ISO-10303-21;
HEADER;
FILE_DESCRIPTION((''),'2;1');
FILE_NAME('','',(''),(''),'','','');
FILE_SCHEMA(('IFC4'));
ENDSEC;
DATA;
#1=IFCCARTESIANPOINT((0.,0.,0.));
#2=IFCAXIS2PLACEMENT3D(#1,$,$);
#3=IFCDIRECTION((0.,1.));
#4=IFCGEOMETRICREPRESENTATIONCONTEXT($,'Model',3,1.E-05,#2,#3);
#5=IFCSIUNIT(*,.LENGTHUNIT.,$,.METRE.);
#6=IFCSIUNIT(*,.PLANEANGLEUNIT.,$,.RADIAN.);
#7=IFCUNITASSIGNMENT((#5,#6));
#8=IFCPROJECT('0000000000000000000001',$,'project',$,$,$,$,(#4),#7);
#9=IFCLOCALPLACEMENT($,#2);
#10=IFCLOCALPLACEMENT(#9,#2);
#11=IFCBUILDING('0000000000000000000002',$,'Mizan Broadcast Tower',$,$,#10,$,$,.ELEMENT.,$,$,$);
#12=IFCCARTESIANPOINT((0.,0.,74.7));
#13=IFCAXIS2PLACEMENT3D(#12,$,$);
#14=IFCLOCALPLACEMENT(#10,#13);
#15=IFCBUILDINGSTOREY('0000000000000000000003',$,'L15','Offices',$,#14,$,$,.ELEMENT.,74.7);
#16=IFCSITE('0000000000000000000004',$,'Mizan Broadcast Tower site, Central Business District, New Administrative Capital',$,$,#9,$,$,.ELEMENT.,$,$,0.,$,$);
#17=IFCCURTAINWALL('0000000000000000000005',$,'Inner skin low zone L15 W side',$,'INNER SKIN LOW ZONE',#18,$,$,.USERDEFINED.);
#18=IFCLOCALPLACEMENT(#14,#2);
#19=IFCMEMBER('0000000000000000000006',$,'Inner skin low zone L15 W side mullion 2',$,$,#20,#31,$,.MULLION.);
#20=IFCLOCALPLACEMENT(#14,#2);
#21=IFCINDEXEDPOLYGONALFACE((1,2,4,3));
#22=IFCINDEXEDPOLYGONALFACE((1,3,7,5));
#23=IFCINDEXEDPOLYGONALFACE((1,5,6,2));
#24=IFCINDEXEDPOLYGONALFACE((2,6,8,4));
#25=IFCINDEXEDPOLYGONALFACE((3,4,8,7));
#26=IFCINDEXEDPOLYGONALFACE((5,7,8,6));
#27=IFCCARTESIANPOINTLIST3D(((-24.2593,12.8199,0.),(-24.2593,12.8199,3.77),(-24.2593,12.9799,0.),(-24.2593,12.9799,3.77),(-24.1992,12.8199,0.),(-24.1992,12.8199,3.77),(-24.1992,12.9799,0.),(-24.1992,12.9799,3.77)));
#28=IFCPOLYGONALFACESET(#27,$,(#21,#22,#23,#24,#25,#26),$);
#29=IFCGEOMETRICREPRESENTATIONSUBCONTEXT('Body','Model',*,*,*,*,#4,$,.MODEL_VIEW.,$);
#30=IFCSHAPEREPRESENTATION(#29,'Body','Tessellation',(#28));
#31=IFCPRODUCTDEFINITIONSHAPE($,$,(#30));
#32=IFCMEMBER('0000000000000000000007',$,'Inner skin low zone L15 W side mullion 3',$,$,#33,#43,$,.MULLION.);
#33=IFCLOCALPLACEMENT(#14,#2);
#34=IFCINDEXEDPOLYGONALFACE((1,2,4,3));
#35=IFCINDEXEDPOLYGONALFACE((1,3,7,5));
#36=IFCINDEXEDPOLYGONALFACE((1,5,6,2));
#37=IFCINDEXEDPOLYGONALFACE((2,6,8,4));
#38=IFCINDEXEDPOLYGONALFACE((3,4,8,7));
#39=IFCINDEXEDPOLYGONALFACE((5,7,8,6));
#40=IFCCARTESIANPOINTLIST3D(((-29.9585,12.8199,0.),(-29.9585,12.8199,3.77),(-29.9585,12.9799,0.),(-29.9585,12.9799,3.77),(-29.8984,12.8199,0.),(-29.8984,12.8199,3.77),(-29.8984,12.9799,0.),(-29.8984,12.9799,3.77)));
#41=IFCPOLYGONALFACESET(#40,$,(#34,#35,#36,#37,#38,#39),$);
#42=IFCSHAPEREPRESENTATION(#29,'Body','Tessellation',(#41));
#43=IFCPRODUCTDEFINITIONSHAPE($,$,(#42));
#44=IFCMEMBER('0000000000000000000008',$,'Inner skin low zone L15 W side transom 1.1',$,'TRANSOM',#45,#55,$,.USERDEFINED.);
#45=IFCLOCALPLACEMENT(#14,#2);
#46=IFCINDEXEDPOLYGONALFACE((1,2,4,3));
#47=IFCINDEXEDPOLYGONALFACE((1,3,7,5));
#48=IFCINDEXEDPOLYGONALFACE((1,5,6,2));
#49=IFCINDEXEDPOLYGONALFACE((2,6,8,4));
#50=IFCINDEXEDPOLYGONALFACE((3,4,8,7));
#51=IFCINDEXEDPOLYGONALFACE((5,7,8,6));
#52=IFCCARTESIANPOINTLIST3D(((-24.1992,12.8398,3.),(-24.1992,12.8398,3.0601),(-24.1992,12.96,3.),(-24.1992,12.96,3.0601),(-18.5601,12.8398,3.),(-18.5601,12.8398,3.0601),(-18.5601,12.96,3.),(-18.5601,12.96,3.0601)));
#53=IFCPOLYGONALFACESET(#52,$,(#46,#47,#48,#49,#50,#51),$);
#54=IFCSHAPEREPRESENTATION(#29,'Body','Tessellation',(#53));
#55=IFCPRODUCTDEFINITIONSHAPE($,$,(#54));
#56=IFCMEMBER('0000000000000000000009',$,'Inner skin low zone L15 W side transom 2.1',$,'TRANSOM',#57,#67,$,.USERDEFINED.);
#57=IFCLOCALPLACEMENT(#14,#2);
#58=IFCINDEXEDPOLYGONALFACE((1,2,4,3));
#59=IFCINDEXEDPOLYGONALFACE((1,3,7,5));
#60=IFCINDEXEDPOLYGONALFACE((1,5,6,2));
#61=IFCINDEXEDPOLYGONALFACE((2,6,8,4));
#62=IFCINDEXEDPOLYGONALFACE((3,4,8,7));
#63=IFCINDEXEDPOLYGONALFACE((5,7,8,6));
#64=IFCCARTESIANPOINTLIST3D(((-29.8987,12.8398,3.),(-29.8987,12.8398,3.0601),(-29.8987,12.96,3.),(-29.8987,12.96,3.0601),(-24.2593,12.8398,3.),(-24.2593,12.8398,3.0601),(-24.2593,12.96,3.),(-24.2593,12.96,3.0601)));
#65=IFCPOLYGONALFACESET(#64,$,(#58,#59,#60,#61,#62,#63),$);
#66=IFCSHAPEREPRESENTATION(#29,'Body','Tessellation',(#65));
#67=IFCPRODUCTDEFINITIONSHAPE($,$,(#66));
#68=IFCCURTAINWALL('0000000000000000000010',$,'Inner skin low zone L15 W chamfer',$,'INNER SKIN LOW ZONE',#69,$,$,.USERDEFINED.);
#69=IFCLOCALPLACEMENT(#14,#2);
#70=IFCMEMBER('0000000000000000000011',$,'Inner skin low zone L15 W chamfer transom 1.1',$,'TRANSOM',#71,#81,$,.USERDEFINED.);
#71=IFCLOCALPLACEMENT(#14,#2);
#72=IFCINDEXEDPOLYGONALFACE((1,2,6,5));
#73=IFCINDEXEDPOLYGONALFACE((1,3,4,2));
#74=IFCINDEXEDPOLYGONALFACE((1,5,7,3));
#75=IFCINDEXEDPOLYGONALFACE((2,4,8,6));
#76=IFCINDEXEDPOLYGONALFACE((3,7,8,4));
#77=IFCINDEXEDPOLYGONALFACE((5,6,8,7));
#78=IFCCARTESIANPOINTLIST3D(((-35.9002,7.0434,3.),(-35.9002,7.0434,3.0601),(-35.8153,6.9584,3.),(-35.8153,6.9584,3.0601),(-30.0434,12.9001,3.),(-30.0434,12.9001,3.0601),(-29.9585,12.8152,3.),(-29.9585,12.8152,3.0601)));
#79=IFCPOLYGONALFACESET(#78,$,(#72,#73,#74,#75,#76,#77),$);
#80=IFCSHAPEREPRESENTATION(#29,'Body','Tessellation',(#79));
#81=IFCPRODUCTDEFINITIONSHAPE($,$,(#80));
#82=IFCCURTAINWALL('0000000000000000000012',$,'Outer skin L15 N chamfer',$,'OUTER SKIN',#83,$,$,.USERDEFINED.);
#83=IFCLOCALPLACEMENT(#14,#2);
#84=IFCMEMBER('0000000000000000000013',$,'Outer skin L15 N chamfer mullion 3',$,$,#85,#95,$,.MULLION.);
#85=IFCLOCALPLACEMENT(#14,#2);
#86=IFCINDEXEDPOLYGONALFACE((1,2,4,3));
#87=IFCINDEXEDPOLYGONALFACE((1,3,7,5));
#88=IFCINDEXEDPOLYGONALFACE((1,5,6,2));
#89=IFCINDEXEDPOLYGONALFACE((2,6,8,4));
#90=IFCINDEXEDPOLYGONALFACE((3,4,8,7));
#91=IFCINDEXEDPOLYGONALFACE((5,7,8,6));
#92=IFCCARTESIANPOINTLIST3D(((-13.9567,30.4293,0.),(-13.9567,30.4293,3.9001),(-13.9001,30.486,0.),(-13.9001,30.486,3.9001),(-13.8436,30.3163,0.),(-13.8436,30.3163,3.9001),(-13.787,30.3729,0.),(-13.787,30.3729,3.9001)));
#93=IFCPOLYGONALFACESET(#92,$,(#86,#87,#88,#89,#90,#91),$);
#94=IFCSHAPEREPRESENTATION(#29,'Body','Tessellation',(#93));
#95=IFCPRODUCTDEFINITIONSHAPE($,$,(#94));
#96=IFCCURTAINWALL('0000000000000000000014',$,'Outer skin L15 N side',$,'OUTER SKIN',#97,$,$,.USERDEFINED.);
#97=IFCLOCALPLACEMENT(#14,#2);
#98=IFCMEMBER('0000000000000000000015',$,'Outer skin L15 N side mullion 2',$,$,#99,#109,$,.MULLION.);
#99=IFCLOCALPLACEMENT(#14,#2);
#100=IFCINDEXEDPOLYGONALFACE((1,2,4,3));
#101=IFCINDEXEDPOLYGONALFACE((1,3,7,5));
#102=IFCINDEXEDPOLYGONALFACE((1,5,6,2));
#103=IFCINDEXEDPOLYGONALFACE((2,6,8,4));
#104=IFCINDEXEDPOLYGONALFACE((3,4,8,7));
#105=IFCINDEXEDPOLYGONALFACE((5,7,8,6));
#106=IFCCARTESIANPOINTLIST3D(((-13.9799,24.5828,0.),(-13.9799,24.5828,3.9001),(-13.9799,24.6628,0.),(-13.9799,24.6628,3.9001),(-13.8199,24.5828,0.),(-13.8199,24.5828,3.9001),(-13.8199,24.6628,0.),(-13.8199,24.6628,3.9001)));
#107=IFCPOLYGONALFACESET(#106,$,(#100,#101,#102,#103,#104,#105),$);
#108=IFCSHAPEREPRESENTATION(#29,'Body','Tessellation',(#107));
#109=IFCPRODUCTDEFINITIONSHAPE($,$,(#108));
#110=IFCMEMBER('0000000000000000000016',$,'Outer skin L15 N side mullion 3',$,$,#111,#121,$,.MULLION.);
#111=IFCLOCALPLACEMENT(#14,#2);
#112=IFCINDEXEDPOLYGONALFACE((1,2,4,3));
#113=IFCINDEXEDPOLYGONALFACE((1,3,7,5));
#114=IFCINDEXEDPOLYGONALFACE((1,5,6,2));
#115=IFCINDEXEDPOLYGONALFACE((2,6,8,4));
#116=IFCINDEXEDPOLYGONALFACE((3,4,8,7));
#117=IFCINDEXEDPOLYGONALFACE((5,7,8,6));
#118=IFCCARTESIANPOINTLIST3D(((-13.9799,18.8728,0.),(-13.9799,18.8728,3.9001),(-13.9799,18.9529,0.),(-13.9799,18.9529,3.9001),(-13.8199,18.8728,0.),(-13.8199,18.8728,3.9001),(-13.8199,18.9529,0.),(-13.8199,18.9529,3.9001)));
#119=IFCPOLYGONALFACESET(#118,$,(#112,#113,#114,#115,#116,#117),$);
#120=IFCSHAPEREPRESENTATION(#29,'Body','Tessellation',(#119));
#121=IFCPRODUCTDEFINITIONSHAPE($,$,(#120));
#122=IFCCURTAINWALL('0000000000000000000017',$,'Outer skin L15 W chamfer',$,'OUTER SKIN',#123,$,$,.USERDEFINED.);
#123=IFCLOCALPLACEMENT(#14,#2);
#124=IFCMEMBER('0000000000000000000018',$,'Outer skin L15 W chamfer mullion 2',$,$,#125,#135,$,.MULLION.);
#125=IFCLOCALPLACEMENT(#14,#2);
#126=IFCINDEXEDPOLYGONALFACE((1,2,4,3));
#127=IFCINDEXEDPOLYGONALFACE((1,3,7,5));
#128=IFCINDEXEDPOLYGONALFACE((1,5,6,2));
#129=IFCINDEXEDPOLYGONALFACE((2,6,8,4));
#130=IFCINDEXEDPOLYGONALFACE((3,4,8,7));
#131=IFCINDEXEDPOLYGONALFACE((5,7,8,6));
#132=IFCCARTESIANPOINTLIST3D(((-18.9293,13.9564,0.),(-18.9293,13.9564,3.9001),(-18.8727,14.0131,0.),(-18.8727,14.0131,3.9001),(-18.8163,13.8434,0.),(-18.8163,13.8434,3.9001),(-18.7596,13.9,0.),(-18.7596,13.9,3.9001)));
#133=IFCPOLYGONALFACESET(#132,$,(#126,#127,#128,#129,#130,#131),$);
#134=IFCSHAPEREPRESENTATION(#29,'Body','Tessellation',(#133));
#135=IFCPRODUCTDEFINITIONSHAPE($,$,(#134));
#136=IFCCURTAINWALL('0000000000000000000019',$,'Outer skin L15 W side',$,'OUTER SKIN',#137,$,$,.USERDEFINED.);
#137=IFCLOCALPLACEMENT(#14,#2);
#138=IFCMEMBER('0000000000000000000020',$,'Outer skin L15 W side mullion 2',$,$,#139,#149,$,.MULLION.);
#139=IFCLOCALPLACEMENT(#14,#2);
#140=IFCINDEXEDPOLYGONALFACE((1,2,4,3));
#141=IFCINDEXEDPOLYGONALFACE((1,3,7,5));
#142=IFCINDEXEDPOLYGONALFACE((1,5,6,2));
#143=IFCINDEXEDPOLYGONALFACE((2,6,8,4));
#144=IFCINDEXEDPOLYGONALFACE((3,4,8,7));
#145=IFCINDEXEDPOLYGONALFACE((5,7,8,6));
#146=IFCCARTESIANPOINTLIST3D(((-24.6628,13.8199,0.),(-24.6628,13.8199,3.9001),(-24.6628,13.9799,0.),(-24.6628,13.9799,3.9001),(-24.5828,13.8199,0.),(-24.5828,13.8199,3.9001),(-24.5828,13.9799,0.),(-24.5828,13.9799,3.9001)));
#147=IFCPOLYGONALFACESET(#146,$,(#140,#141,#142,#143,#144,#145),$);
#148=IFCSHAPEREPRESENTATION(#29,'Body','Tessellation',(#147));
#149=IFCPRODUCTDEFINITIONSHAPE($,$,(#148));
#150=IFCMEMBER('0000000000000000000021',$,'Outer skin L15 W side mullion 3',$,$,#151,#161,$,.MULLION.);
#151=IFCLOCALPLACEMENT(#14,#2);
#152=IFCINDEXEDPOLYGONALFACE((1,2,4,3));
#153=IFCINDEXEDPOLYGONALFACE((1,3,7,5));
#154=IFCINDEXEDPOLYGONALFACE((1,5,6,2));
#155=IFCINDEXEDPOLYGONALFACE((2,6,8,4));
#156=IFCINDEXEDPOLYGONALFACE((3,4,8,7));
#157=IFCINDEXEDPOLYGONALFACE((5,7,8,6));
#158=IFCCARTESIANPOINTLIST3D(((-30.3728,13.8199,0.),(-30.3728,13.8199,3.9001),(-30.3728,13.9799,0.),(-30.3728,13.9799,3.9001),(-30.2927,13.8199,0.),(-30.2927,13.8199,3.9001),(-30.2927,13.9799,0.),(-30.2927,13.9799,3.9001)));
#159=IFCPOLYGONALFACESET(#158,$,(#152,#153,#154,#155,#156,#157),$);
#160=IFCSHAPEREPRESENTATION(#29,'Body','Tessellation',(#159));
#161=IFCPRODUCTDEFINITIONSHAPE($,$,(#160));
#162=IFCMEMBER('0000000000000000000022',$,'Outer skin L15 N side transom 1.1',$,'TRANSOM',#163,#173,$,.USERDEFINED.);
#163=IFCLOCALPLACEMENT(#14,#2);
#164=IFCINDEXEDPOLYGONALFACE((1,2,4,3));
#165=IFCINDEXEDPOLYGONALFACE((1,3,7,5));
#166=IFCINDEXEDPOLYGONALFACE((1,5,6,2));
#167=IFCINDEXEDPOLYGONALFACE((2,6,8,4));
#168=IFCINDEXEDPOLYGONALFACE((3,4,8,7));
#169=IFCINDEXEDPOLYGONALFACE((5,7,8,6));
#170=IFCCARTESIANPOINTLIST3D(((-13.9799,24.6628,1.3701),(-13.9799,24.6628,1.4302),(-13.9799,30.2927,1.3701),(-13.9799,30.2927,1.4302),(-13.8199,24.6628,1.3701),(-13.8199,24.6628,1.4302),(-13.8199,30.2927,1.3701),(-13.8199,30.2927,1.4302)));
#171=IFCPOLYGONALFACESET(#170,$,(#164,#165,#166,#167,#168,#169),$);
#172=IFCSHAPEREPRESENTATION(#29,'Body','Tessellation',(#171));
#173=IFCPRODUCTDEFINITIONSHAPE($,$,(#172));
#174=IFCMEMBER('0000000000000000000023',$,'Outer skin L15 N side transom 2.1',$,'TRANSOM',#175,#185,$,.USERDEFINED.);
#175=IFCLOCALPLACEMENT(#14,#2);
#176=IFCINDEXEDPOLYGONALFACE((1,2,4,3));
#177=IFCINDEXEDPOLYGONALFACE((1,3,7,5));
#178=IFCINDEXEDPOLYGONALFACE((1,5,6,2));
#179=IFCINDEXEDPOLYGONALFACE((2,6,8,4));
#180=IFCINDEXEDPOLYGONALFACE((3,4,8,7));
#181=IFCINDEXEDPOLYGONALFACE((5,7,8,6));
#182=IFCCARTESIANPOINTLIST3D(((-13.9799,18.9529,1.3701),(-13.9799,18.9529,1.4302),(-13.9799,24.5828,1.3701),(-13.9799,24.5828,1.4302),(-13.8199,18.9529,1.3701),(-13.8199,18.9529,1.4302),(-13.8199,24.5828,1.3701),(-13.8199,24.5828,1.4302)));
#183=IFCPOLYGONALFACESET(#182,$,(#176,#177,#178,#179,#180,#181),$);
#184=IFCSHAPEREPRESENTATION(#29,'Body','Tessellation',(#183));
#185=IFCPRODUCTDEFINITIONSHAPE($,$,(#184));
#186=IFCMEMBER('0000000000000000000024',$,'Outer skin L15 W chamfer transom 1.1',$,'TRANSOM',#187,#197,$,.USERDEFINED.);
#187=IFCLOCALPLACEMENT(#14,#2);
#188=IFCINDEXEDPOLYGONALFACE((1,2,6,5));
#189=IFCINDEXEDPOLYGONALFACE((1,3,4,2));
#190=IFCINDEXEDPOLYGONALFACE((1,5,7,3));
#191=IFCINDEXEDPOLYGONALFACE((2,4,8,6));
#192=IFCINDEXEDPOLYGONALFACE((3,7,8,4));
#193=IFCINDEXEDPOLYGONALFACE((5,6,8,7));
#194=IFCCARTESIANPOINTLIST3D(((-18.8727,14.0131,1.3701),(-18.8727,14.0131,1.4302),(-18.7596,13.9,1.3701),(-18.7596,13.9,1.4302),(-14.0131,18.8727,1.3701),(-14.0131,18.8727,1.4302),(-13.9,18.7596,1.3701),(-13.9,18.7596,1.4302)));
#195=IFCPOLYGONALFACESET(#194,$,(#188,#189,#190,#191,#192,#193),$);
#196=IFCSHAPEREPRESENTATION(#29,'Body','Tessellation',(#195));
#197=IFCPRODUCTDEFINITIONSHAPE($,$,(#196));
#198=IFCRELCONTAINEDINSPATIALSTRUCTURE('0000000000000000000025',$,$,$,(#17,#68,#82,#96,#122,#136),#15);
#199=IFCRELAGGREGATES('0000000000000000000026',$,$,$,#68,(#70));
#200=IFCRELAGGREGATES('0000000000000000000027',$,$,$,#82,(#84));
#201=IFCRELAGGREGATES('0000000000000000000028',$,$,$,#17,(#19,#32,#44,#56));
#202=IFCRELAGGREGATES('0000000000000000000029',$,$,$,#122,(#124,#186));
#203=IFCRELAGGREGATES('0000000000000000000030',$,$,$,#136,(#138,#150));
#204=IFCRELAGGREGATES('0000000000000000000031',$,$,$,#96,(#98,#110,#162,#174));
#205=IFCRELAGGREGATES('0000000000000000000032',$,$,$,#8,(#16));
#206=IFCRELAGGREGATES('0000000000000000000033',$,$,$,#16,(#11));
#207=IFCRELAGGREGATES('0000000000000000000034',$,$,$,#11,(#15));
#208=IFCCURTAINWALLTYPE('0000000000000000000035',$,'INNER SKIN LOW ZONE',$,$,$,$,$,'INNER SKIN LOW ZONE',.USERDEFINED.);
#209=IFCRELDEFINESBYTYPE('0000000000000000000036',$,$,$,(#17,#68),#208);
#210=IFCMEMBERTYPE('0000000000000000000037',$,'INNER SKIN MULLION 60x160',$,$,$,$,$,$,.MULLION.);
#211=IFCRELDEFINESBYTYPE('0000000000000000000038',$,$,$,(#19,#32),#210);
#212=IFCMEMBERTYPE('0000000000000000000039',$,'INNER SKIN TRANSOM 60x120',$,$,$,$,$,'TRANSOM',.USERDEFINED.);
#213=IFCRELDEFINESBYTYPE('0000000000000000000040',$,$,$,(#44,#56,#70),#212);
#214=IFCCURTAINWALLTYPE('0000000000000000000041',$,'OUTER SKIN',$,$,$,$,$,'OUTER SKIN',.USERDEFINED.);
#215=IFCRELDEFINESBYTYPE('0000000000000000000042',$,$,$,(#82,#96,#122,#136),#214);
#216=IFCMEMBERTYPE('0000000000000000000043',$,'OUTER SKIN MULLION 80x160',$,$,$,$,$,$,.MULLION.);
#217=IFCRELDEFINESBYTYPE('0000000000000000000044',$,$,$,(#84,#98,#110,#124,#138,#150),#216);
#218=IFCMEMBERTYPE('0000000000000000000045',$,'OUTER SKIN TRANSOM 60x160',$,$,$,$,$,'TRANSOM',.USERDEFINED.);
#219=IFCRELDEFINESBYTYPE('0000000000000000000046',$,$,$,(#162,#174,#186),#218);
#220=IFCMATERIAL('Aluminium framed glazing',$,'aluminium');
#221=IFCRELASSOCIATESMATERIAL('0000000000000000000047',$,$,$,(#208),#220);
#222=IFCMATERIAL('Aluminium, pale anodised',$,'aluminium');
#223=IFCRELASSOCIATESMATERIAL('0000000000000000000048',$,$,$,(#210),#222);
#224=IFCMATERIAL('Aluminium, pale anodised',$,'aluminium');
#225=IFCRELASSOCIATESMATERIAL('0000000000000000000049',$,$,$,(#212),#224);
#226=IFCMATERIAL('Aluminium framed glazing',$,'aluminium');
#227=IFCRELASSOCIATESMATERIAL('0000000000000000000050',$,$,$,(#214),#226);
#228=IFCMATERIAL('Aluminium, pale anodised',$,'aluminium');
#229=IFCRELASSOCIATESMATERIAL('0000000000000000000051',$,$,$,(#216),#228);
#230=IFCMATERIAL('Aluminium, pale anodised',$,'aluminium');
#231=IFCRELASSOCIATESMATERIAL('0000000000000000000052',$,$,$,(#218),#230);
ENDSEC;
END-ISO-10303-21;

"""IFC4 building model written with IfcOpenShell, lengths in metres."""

from ifc_helpers import new_model, si_unit, direction, frame, origin, origin_2d, place, context, subcontext, project, spatial, rectangle, extrude, material, material_profile, profile_set, type_object, element, aggregate, save


model = new_model("IFC4")

# Units and contexts
model_context = context("Model", 3, precision=1e-05, world=origin(), true_north=direction((0.0, 1.0)))
body_context = subcontext(model_context, "Body", "Model", "MODEL_VIEW")
ifc_project = project(units=[si_unit("LENGTHUNIT", "METRE"), si_unit("PLANEANGLEUNIT", "RADIAN")], contexts=[model_context])

# Site, building, storey
site_placement = place(None, origin())
site = spatial("IfcSite", under=ifc_project, at=site_placement, Name="Mizan Broadcast Tower site, Central Business District, New Administrative Capital", CompositionType="ELEMENT", RefElevation=0.0)
building_placement = place(site_placement, origin())
building = spatial("IfcBuilding", under=site, at=building_placement, Name="Mizan Broadcast Tower", CompositionType="ELEMENT")
storey_placement = place(building_placement, frame((0.0, 0.0, 74.7)))
storey = spatial("IfcBuildingStorey", under=building, at=storey_placement, Name="L15", Description="Offices", CompositionType="ELEMENT", Elevation=74.7)

# Curtain wall, members
ifc_material_1 = material(Name="Aluminium framed glazing", Category="aluminium")
curtain_wall_type_1 = type_object("IfcCurtainWallType", Name="INNER SKIN LOW ZONE", ElementType="INNER SKIN LOW ZONE", PredefinedType="USERDEFINED", material=ifc_material_1)
curtain_wall_1_placement = place(storey_placement, origin())
curtain_wall_1 = element("IfcCurtainWall", 1, at=curtain_wall_1_placement, inside=storey, type_object=curtain_wall_type_1, Name="Inner skin low zone L15 W side", ObjectType="INNER SKIN LOW ZONE", PredefinedType="USERDEFINED")
ifc_material_2 = material(Name="Aluminium, pale anodised", Category="aluminium")
ifc_material_profile_1 = material_profile(ifc_material_2, rectangle(XDim=0.1599, YDim=0.0601, at=origin_2d()), Name="MULLION 160x60")
ifc_profile_set_1 = profile_set([ifc_material_profile_1], Name="Aluminium, pale anodised")
member_type_1 = type_object("IfcMemberType", Name="INNER SKIN MULLION 60x160", PredefinedType="MULLION", material=ifc_profile_set_1)
member_1_placement = place(storey_placement, frame((-24.2292, 12.8999, 0.0), z_axis=(0.0, 0.0, 1.0), x_axis=(0.0, -1.0, 0.0)))
member_1 = element("IfcMember", 2, at=member_1_placement, type_object=member_type_1, Name="Inner skin low zone L15 W side mullion 2", PredefinedType="MULLION", context=body_context, shape_type="SweptSolid", body=[
    extrude(rectangle(XDim=0.1599, YDim=0.0601, at=origin_2d()), origin(), (0.0, 0.0, 1.0), 3.77),
])
member_2_placement = place(storey_placement, frame((-29.9285, 12.8999, 0.0), z_axis=(0.0, 0.0, 1.0), x_axis=(0.0, -1.0, 0.0)))
member_2 = element("IfcMember", 3, at=member_2_placement, type_object=member_type_1, Name="Inner skin low zone L15 W side mullion 3", PredefinedType="MULLION", context=body_context, shape_type="SweptSolid", body=[
    extrude(rectangle(XDim=0.1599, YDim=0.0601, at=origin_2d()), origin(), (0.0, 0.0, 1.0), 3.77),
])
ifc_material_3 = material(Name="Aluminium, pale anodised", Category="aluminium")
ifc_material_profile_2 = material_profile(ifc_material_3, rectangle(XDim=0.1201, YDim=0.0601, at=origin_2d()), Name="TRANSOM 120x60")
ifc_profile_set_2 = profile_set([ifc_material_profile_2], Name="Aluminium, pale anodised")
member_type_2 = type_object("IfcMemberType", Name="INNER SKIN TRANSOM 60x120", ElementType="TRANSOM", PredefinedType="USERDEFINED", material=ifc_profile_set_2)
member_3_placement = place(storey_placement, frame((-18.5601, 12.8999, 3.03), z_axis=(-1.0, 0.0, 0.0), x_axis=(0.0, -1.0, 0.0)))
member_3 = element("IfcMember", 4, at=member_3_placement, type_object=member_type_2, Name="Inner skin low zone L15 W side transom 1.1", ObjectType="TRANSOM", PredefinedType="USERDEFINED", context=body_context, shape_type="SweptSolid", body=[
    extrude(rectangle(XDim=0.1201, YDim=0.0601, at=origin_2d()), origin(), (0.0, 0.0, 1.0), 5.6392),
])
member_4_placement = place(storey_placement, frame((-24.2593, 12.8999, 3.03), z_axis=(-1.0, 0.0, 0.0), x_axis=(0.0, -1.0, 0.0)))
member_4 = element("IfcMember", 5, at=member_4_placement, type_object=member_type_2, Name="Inner skin low zone L15 W side transom 2.1", ObjectType="TRANSOM", PredefinedType="USERDEFINED", context=body_context, shape_type="SweptSolid", body=[
    extrude(rectangle(XDim=0.1201, YDim=0.0601, at=origin_2d()), origin(), (0.0, 0.0, 1.0), 5.6394),
])

# Curtain walls, members
curtain_wall_2_placement = place(storey_placement, origin())
curtain_wall_2 = element("IfcCurtainWall", 6, at=curtain_wall_2_placement, inside=storey, type_object=curtain_wall_type_1, Name="Inner skin low zone L15 W chamfer", ObjectType="INNER SKIN LOW ZONE", PredefinedType="USERDEFINED")
member_5_placement = place(storey_placement, frame((-30.001, 12.8577, 3.03), z_axis=(-0.707107, -0.707107, 0.0), x_axis=(0.707107, -0.707107, 0.0)))
member_5 = element("IfcMember", 7, at=member_5_placement, type_object=member_type_2, Name="Inner skin low zone L15 W chamfer transom 1.1", ObjectType="TRANSOM", PredefinedType="USERDEFINED", context=body_context, shape_type="SweptSolid", body=[
    extrude(rectangle(XDim=0.1201, YDim=0.0601, at=origin_2d()), origin(), (0.0, 0.0, 1.0), 8.2827),
])
aggregate(curtain_wall_2, [member_5])
ifc_material_4 = material(Name="Aluminium framed glazing", Category="aluminium")
curtain_wall_type_2 = type_object("IfcCurtainWallType", Name="OUTER SKIN", ElementType="OUTER SKIN", PredefinedType="USERDEFINED", material=ifc_material_4)
curtain_wall_3_placement = place(storey_placement, origin())
curtain_wall_3 = element("IfcCurtainWall", 8, at=curtain_wall_3_placement, inside=storey, type_object=curtain_wall_type_2, Name="Outer skin L15 N chamfer", ObjectType="OUTER SKIN", PredefinedType="USERDEFINED")
ifc_material_5 = material(Name="Aluminium, pale anodised", Category="aluminium")
ifc_material_profile_3 = material_profile(ifc_material_5, rectangle(XDim=0.1599, YDim=0.0801, at=origin_2d()), Name="MULLION 160x80")
ifc_profile_set_3 = profile_set([ifc_material_profile_3], Name="Aluminium, pale anodised")
member_type_3 = type_object("IfcMemberType", Name="OUTER SKIN MULLION 80x160", PredefinedType="MULLION", material=ifc_profile_set_3)
member_6_placement = place(storey_placement, frame((-13.8718, 30.4011, 0.0), z_axis=(0.0, 0.0, 1.0), x_axis=(0.707107, -0.707107, 0.0)))
member_6 = element("IfcMember", 9, at=member_6_placement, type_object=member_type_3, Name="Outer skin L15 N chamfer mullion 3", PredefinedType="MULLION", context=body_context, shape_type="SweptSolid", body=[
    extrude(rectangle(XDim=0.1599, YDim=0.0801, at=origin_2d()), origin(), (0.0, 0.0, 1.0), 3.9001),
])
aggregate(curtain_wall_3, [member_6])

# Curtain wall, members
curtain_wall_4_placement = place(storey_placement, origin())
curtain_wall_4 = element("IfcCurtainWall", 10, at=curtain_wall_4_placement, inside=storey, type_object=curtain_wall_type_2, Name="Outer skin L15 N side", ObjectType="OUTER SKIN", PredefinedType="USERDEFINED")
member_7_placement = place(storey_placement, frame((-13.8999, 24.6228, 0.0), z_axis=(0.0, 0.0, 1.0), x_axis=(1.0, 0.0, 0.0)))
member_7 = element("IfcMember", 11, at=member_7_placement, type_object=member_type_3, Name="Outer skin L15 N side mullion 2", PredefinedType="MULLION", context=body_context, shape_type="SweptSolid", body=[
    extrude(rectangle(XDim=0.1599, YDim=0.0801, at=origin_2d()), origin(), (0.0, 0.0, 1.0), 3.9001),
])
member_8_placement = place(storey_placement, frame((-13.8999, 18.9128, 0.0), z_axis=(0.0, 0.0, 1.0), x_axis=(1.0, 0.0, 0.0)))
member_8 = element("IfcMember", 12, at=member_8_placement, type_object=member_type_3, Name="Outer skin L15 N side mullion 3", PredefinedType="MULLION", context=body_context, shape_type="SweptSolid", body=[
    extrude(rectangle(XDim=0.1599, YDim=0.0801, at=origin_2d()), origin(), (0.0, 0.0, 1.0), 3.9001),
])

# Curtain wall, member
curtain_wall_5_placement = place(storey_placement, origin())
curtain_wall_5 = element("IfcCurtainWall", 13, at=curtain_wall_5_placement, inside=storey, type_object=curtain_wall_type_2, Name="Outer skin L15 W chamfer", ObjectType="OUTER SKIN", PredefinedType="USERDEFINED")
member_9_placement = place(storey_placement, frame((-18.8445, 13.9282, 0.0), z_axis=(0.0, 0.0, 1.0), x_axis=(0.707107, -0.707107, 0.0)))
member_9 = element("IfcMember", 14, at=member_9_placement, type_object=member_type_3, Name="Outer skin L15 W chamfer mullion 2", PredefinedType="MULLION", context=body_context, shape_type="SweptSolid", body=[
    extrude(rectangle(XDim=0.1599, YDim=0.0801, at=origin_2d()), origin(), (0.0, 0.0, 1.0), 3.9001),
])

# Curtain wall, members
curtain_wall_6_placement = place(storey_placement, origin())
curtain_wall_6 = element("IfcCurtainWall", 15, at=curtain_wall_6_placement, inside=storey, type_object=curtain_wall_type_2, Name="Outer skin L15 W side", ObjectType="OUTER SKIN", PredefinedType="USERDEFINED")
member_10_placement = place(storey_placement, frame((-24.6228, 13.8999, 0.0), z_axis=(0.0, 0.0, 1.0), x_axis=(0.0, -1.0, 0.0)))
member_10 = element("IfcMember", 16, at=member_10_placement, type_object=member_type_3, Name="Outer skin L15 W side mullion 2", PredefinedType="MULLION", context=body_context, shape_type="SweptSolid", body=[
    extrude(rectangle(XDim=0.1599, YDim=0.0801, at=origin_2d()), origin(), (0.0, 0.0, 1.0), 3.9001),
])
member_11_placement = place(storey_placement, frame((-30.3328, 13.8999, 0.0), z_axis=(0.0, 0.0, 1.0), x_axis=(0.0, -1.0, 0.0)))
member_11 = element("IfcMember", 17, at=member_11_placement, type_object=member_type_3, Name="Outer skin L15 W side mullion 3", PredefinedType="MULLION", context=body_context, shape_type="SweptSolid", body=[
    extrude(rectangle(XDim=0.1599, YDim=0.0801, at=origin_2d()), origin(), (0.0, 0.0, 1.0), 3.9001),
])

# Members
ifc_material_6 = material(Name="Aluminium, pale anodised", Category="aluminium")
ifc_material_profile_4 = material_profile(ifc_material_6, rectangle(XDim=0.1599, YDim=0.0601, at=origin_2d()), Name="TRANSOM 160x60")
ifc_profile_set_4 = profile_set([ifc_material_profile_4], Name="Aluminium, pale anodised")
member_type_4 = type_object("IfcMemberType", Name="OUTER SKIN TRANSOM 60x160", ElementType="TRANSOM", PredefinedType="USERDEFINED", material=ifc_profile_set_4)
member_12_placement = place(storey_placement, frame((-13.8999, 30.2927, 1.4001), z_axis=(0.0, -1.0, 0.0), x_axis=(1.0, 0.0, 0.0)))
member_12 = element("IfcMember", 18, at=member_12_placement, type_object=member_type_4, Name="Outer skin L15 N side transom 1.1", ObjectType="TRANSOM", PredefinedType="USERDEFINED", context=body_context, shape_type="SweptSolid", body=[
    extrude(rectangle(XDim=0.1599, YDim=0.0601, at=origin_2d()), origin(), (0.0, 0.0, 1.0), 5.6299),
])
member_13_placement = place(storey_placement, frame((-13.8999, 24.5828, 1.4001), z_axis=(0.0, -1.0, 0.0), x_axis=(1.0, 0.0, 0.0)))
member_13 = element("IfcMember", 19, at=member_13_placement, type_object=member_type_4, Name="Outer skin L15 N side transom 2.1", ObjectType="TRANSOM", PredefinedType="USERDEFINED", context=body_context, shape_type="SweptSolid", body=[
    extrude(rectangle(XDim=0.1599, YDim=0.0601, at=origin_2d()), origin(), (0.0, 0.0, 1.0), 5.6299),
])
member_14_placement = place(storey_placement, frame((-13.9565, 18.8162, 1.4001), z_axis=(-0.707107, -0.707107, 0.0), x_axis=(0.707107, -0.707107, 0.0)))
member_14 = element("IfcMember", 20, at=member_14_placement, type_object=member_type_4, Name="Outer skin L15 W chamfer transom 1.1", ObjectType="TRANSOM", PredefinedType="USERDEFINED", context=body_context, shape_type="SweptSolid", body=[
    extrude(rectangle(XDim=0.1599, YDim=0.0601, at=origin_2d()), origin(), (0.0, 0.0, 1.0), 6.8726),
])

aggregate(curtain_wall_1, [member_1, member_2, member_3, member_4])
aggregate(curtain_wall_5, [member_9, member_14])
aggregate(curtain_wall_6, [member_10, member_11])
aggregate(curtain_wall_4, [member_7, member_8, member_12, member_13])

save(model, "model.ifc")
